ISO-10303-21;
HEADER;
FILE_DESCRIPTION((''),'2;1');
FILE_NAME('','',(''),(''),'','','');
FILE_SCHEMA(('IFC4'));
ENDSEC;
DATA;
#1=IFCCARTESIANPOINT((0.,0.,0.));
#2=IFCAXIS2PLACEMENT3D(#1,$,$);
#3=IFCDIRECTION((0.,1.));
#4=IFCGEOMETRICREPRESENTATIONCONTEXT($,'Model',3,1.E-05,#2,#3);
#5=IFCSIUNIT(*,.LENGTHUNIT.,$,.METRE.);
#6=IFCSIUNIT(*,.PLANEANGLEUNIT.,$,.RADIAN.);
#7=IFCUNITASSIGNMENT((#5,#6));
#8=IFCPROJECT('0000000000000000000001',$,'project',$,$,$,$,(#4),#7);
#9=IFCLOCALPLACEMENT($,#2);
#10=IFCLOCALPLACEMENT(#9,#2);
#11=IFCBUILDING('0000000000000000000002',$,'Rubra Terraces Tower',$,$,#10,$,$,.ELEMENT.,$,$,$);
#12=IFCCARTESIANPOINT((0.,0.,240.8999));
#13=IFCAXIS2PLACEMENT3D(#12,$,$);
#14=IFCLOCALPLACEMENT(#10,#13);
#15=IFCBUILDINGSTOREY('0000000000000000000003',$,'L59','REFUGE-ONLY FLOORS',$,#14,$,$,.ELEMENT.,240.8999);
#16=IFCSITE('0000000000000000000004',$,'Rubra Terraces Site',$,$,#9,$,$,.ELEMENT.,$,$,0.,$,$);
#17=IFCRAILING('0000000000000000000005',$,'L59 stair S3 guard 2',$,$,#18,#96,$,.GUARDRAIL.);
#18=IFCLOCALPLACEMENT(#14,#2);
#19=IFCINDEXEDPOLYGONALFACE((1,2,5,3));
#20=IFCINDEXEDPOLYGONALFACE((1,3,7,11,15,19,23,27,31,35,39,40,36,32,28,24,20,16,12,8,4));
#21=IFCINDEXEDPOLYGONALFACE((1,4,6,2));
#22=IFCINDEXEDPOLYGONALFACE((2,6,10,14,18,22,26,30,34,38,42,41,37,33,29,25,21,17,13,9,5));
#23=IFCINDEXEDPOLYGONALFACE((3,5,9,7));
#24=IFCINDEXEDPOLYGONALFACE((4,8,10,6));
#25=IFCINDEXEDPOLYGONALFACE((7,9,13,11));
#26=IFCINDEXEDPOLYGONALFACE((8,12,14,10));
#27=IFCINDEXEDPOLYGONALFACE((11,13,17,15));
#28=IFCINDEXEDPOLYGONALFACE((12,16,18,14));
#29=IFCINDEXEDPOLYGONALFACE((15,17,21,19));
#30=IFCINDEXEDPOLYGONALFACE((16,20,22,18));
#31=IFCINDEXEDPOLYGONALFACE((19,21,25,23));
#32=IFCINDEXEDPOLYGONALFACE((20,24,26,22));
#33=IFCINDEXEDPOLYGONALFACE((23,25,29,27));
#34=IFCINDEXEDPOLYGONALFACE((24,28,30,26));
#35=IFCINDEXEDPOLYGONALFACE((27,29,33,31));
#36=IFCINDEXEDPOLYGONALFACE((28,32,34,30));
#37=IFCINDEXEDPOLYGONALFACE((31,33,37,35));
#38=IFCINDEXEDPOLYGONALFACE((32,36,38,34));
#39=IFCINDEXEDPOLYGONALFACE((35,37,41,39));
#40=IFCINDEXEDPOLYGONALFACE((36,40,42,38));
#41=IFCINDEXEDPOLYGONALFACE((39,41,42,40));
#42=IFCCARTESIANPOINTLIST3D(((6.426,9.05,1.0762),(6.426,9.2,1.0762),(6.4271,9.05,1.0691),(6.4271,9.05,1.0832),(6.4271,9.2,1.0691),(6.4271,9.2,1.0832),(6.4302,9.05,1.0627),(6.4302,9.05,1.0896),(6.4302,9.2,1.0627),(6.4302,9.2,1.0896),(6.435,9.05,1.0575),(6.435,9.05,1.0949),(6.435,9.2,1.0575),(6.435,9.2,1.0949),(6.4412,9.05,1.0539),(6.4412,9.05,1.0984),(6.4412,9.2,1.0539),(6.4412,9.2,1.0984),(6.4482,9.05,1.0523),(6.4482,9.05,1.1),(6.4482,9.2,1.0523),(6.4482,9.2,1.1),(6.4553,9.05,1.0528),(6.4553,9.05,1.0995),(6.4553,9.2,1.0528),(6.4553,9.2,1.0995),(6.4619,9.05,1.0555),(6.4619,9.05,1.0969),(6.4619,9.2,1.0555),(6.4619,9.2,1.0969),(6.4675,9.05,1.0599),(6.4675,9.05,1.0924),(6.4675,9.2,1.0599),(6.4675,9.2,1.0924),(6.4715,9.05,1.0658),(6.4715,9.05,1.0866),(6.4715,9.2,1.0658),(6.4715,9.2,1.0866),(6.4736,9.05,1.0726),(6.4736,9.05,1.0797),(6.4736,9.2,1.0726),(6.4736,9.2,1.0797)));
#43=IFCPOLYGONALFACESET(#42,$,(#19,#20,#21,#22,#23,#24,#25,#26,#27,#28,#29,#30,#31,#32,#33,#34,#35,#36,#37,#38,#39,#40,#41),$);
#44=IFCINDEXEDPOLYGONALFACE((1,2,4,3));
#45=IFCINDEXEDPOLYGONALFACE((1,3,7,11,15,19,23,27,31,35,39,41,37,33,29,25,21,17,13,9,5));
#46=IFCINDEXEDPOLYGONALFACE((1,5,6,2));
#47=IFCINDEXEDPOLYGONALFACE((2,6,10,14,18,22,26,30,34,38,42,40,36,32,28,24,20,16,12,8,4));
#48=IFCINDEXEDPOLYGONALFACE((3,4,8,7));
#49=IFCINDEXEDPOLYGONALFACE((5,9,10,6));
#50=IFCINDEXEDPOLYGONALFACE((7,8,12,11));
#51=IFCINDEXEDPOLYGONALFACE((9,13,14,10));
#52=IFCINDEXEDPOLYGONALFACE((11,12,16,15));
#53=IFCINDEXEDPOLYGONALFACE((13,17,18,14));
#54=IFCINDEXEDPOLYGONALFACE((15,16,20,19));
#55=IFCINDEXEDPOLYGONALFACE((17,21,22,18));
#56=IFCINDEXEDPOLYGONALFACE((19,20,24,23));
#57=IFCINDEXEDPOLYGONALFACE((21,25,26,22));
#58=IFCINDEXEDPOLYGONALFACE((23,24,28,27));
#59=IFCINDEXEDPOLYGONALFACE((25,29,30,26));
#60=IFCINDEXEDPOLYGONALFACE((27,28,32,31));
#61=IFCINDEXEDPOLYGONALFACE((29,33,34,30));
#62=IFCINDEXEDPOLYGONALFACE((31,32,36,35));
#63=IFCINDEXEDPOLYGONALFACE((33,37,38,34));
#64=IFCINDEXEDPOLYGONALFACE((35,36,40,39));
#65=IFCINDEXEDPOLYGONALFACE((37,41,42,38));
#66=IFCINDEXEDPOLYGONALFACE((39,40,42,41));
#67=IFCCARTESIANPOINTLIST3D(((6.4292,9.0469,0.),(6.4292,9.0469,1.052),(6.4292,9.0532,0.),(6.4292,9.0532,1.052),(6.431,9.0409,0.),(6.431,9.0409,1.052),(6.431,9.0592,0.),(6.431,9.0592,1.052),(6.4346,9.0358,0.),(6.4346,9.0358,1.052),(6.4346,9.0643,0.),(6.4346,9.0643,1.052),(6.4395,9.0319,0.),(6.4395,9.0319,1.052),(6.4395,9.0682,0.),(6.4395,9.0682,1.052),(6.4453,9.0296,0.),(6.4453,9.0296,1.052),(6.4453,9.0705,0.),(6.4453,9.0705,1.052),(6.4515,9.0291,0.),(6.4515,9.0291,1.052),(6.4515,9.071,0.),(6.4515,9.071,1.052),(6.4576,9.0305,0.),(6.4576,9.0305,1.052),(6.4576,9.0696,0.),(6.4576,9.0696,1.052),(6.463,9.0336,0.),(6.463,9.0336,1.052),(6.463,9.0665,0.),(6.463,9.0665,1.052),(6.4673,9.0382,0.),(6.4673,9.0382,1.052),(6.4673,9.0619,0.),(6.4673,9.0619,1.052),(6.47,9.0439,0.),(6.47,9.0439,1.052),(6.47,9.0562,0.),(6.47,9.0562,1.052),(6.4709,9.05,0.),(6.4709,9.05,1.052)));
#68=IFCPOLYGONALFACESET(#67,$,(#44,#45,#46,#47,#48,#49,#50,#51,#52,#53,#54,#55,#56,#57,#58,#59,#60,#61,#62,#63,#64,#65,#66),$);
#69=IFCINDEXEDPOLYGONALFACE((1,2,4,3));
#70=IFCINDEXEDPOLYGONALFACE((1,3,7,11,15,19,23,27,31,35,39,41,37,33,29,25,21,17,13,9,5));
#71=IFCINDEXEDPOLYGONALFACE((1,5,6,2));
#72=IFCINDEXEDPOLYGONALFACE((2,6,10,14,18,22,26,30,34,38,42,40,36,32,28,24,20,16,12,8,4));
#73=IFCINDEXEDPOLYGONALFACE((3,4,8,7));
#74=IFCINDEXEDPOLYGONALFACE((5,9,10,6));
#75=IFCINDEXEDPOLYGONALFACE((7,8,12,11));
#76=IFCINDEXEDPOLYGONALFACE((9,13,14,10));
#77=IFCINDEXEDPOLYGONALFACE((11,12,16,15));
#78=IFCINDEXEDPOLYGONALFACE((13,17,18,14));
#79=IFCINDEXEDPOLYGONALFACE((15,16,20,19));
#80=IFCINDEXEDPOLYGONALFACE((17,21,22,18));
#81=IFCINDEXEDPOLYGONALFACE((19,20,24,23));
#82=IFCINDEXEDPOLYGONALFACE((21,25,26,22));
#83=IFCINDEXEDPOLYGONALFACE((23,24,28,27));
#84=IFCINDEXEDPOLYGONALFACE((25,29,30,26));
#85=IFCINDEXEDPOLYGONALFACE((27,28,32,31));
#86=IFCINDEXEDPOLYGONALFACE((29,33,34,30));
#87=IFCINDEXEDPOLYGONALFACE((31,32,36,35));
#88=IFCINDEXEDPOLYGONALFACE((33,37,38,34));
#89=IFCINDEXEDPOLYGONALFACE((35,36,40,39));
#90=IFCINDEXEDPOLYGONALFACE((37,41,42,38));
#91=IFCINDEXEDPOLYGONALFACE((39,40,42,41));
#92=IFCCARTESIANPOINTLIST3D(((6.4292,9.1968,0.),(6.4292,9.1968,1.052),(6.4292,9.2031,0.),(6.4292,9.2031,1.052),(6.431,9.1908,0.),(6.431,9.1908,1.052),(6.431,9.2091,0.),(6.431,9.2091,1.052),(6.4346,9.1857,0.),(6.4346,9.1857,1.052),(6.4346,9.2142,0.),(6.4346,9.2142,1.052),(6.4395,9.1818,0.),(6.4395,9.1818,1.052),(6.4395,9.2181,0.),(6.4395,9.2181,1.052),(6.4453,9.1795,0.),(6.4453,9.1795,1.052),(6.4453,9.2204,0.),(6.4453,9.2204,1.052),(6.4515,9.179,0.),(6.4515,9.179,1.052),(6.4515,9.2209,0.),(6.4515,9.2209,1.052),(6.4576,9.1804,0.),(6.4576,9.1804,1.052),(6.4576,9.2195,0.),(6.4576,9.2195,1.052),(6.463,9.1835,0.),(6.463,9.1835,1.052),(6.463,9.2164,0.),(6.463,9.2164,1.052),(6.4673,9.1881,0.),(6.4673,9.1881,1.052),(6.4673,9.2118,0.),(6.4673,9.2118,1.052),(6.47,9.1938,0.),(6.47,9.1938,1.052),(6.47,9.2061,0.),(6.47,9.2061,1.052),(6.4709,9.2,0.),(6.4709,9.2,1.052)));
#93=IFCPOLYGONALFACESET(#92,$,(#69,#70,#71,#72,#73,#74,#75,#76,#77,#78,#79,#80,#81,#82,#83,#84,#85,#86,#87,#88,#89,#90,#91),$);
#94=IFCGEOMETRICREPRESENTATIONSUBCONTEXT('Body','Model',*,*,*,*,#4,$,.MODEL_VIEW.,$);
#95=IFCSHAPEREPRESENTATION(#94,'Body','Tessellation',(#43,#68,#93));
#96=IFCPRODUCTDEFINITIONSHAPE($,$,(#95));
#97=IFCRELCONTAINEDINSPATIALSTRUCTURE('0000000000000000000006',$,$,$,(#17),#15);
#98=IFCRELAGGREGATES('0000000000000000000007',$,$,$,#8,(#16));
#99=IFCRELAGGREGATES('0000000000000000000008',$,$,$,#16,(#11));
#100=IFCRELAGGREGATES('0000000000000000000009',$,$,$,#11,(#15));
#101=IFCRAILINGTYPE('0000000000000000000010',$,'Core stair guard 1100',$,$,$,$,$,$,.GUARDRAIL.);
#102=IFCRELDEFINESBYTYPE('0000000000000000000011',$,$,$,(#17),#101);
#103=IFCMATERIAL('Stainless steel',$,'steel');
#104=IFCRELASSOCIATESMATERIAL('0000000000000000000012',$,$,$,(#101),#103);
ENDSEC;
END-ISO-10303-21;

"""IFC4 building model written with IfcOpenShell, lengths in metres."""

from ifc_helpers import new_model, si_unit, direction, frame, origin, origin_2d, place, context, subcontext, project, spatial, circle, extrude, material, type_object, element, save


model = new_model("IFC4")

# Units and contexts
model_context = context("Model", 3, precision=1e-05, world=origin(), true_north=direction((0.0, 1.0)))
body_context = subcontext(model_context, "Body", "Model", "MODEL_VIEW")
ifc_project = project(units=[si_unit("LENGTHUNIT", "METRE"), si_unit("PLANEANGLEUNIT", "RADIAN")], contexts=[model_context])

# Site, building, storey
site_placement = place(None, origin())
site = spatial("IfcSite", under=ifc_project, at=site_placement, Name="Rubra Terraces Site", CompositionType="ELEMENT", RefElevation=0.0)
building_placement = place(site_placement, origin())
building = spatial("IfcBuilding", under=site, at=building_placement, Name="Rubra Terraces Tower", CompositionType="ELEMENT")
storey_placement = place(building_placement, frame((0.0, 0.0, 240.8999)))
storey = spatial("IfcBuildingStorey", under=building, at=storey_placement, Name="L59", Description="REFUGE-ONLY FLOORS", CompositionType="ELEMENT", Elevation=240.8999)

# Shared definitions
ifc_material_1 = material(Name="Stainless steel", Category="steel")

# Railing
railing_type_1 = type_object("IfcRailingType", Name="Core stair guard 1100", PredefinedType="GUARDRAIL", material=ifc_material_1)
railing_1_placement = place(storey_placement, frame((6.45, 9.05, 0.0)))
element("IfcRailing", 1, at=railing_1_placement, inside=storey, type_object=railing_type_1, Name="L59 stair S3 guard 2", PredefinedType="GUARDRAIL", context=body_context, shape_type="SweptSolid", body=[
    extrude(circle(Radius=0.0239, at=origin_2d()), frame((0.0, 0.0, 1.0762), z_axis=(0.0, 1.0, 0.0), x_axis=(-1.0, 0.0, 0.0)), (0.0, 0.0, 1.0), 0.1499),
    extrude(circle(Radius=0.021, at=origin_2d()), origin(), (0.0, 0.0, 1.0), 1.052),
    extrude(circle(Radius=0.021, at=origin_2d()), frame((0.0, 0.1499, 0.0)), (0.0, 0.0, 1.0), 1.052),
])

save(model, "model.ifc")
